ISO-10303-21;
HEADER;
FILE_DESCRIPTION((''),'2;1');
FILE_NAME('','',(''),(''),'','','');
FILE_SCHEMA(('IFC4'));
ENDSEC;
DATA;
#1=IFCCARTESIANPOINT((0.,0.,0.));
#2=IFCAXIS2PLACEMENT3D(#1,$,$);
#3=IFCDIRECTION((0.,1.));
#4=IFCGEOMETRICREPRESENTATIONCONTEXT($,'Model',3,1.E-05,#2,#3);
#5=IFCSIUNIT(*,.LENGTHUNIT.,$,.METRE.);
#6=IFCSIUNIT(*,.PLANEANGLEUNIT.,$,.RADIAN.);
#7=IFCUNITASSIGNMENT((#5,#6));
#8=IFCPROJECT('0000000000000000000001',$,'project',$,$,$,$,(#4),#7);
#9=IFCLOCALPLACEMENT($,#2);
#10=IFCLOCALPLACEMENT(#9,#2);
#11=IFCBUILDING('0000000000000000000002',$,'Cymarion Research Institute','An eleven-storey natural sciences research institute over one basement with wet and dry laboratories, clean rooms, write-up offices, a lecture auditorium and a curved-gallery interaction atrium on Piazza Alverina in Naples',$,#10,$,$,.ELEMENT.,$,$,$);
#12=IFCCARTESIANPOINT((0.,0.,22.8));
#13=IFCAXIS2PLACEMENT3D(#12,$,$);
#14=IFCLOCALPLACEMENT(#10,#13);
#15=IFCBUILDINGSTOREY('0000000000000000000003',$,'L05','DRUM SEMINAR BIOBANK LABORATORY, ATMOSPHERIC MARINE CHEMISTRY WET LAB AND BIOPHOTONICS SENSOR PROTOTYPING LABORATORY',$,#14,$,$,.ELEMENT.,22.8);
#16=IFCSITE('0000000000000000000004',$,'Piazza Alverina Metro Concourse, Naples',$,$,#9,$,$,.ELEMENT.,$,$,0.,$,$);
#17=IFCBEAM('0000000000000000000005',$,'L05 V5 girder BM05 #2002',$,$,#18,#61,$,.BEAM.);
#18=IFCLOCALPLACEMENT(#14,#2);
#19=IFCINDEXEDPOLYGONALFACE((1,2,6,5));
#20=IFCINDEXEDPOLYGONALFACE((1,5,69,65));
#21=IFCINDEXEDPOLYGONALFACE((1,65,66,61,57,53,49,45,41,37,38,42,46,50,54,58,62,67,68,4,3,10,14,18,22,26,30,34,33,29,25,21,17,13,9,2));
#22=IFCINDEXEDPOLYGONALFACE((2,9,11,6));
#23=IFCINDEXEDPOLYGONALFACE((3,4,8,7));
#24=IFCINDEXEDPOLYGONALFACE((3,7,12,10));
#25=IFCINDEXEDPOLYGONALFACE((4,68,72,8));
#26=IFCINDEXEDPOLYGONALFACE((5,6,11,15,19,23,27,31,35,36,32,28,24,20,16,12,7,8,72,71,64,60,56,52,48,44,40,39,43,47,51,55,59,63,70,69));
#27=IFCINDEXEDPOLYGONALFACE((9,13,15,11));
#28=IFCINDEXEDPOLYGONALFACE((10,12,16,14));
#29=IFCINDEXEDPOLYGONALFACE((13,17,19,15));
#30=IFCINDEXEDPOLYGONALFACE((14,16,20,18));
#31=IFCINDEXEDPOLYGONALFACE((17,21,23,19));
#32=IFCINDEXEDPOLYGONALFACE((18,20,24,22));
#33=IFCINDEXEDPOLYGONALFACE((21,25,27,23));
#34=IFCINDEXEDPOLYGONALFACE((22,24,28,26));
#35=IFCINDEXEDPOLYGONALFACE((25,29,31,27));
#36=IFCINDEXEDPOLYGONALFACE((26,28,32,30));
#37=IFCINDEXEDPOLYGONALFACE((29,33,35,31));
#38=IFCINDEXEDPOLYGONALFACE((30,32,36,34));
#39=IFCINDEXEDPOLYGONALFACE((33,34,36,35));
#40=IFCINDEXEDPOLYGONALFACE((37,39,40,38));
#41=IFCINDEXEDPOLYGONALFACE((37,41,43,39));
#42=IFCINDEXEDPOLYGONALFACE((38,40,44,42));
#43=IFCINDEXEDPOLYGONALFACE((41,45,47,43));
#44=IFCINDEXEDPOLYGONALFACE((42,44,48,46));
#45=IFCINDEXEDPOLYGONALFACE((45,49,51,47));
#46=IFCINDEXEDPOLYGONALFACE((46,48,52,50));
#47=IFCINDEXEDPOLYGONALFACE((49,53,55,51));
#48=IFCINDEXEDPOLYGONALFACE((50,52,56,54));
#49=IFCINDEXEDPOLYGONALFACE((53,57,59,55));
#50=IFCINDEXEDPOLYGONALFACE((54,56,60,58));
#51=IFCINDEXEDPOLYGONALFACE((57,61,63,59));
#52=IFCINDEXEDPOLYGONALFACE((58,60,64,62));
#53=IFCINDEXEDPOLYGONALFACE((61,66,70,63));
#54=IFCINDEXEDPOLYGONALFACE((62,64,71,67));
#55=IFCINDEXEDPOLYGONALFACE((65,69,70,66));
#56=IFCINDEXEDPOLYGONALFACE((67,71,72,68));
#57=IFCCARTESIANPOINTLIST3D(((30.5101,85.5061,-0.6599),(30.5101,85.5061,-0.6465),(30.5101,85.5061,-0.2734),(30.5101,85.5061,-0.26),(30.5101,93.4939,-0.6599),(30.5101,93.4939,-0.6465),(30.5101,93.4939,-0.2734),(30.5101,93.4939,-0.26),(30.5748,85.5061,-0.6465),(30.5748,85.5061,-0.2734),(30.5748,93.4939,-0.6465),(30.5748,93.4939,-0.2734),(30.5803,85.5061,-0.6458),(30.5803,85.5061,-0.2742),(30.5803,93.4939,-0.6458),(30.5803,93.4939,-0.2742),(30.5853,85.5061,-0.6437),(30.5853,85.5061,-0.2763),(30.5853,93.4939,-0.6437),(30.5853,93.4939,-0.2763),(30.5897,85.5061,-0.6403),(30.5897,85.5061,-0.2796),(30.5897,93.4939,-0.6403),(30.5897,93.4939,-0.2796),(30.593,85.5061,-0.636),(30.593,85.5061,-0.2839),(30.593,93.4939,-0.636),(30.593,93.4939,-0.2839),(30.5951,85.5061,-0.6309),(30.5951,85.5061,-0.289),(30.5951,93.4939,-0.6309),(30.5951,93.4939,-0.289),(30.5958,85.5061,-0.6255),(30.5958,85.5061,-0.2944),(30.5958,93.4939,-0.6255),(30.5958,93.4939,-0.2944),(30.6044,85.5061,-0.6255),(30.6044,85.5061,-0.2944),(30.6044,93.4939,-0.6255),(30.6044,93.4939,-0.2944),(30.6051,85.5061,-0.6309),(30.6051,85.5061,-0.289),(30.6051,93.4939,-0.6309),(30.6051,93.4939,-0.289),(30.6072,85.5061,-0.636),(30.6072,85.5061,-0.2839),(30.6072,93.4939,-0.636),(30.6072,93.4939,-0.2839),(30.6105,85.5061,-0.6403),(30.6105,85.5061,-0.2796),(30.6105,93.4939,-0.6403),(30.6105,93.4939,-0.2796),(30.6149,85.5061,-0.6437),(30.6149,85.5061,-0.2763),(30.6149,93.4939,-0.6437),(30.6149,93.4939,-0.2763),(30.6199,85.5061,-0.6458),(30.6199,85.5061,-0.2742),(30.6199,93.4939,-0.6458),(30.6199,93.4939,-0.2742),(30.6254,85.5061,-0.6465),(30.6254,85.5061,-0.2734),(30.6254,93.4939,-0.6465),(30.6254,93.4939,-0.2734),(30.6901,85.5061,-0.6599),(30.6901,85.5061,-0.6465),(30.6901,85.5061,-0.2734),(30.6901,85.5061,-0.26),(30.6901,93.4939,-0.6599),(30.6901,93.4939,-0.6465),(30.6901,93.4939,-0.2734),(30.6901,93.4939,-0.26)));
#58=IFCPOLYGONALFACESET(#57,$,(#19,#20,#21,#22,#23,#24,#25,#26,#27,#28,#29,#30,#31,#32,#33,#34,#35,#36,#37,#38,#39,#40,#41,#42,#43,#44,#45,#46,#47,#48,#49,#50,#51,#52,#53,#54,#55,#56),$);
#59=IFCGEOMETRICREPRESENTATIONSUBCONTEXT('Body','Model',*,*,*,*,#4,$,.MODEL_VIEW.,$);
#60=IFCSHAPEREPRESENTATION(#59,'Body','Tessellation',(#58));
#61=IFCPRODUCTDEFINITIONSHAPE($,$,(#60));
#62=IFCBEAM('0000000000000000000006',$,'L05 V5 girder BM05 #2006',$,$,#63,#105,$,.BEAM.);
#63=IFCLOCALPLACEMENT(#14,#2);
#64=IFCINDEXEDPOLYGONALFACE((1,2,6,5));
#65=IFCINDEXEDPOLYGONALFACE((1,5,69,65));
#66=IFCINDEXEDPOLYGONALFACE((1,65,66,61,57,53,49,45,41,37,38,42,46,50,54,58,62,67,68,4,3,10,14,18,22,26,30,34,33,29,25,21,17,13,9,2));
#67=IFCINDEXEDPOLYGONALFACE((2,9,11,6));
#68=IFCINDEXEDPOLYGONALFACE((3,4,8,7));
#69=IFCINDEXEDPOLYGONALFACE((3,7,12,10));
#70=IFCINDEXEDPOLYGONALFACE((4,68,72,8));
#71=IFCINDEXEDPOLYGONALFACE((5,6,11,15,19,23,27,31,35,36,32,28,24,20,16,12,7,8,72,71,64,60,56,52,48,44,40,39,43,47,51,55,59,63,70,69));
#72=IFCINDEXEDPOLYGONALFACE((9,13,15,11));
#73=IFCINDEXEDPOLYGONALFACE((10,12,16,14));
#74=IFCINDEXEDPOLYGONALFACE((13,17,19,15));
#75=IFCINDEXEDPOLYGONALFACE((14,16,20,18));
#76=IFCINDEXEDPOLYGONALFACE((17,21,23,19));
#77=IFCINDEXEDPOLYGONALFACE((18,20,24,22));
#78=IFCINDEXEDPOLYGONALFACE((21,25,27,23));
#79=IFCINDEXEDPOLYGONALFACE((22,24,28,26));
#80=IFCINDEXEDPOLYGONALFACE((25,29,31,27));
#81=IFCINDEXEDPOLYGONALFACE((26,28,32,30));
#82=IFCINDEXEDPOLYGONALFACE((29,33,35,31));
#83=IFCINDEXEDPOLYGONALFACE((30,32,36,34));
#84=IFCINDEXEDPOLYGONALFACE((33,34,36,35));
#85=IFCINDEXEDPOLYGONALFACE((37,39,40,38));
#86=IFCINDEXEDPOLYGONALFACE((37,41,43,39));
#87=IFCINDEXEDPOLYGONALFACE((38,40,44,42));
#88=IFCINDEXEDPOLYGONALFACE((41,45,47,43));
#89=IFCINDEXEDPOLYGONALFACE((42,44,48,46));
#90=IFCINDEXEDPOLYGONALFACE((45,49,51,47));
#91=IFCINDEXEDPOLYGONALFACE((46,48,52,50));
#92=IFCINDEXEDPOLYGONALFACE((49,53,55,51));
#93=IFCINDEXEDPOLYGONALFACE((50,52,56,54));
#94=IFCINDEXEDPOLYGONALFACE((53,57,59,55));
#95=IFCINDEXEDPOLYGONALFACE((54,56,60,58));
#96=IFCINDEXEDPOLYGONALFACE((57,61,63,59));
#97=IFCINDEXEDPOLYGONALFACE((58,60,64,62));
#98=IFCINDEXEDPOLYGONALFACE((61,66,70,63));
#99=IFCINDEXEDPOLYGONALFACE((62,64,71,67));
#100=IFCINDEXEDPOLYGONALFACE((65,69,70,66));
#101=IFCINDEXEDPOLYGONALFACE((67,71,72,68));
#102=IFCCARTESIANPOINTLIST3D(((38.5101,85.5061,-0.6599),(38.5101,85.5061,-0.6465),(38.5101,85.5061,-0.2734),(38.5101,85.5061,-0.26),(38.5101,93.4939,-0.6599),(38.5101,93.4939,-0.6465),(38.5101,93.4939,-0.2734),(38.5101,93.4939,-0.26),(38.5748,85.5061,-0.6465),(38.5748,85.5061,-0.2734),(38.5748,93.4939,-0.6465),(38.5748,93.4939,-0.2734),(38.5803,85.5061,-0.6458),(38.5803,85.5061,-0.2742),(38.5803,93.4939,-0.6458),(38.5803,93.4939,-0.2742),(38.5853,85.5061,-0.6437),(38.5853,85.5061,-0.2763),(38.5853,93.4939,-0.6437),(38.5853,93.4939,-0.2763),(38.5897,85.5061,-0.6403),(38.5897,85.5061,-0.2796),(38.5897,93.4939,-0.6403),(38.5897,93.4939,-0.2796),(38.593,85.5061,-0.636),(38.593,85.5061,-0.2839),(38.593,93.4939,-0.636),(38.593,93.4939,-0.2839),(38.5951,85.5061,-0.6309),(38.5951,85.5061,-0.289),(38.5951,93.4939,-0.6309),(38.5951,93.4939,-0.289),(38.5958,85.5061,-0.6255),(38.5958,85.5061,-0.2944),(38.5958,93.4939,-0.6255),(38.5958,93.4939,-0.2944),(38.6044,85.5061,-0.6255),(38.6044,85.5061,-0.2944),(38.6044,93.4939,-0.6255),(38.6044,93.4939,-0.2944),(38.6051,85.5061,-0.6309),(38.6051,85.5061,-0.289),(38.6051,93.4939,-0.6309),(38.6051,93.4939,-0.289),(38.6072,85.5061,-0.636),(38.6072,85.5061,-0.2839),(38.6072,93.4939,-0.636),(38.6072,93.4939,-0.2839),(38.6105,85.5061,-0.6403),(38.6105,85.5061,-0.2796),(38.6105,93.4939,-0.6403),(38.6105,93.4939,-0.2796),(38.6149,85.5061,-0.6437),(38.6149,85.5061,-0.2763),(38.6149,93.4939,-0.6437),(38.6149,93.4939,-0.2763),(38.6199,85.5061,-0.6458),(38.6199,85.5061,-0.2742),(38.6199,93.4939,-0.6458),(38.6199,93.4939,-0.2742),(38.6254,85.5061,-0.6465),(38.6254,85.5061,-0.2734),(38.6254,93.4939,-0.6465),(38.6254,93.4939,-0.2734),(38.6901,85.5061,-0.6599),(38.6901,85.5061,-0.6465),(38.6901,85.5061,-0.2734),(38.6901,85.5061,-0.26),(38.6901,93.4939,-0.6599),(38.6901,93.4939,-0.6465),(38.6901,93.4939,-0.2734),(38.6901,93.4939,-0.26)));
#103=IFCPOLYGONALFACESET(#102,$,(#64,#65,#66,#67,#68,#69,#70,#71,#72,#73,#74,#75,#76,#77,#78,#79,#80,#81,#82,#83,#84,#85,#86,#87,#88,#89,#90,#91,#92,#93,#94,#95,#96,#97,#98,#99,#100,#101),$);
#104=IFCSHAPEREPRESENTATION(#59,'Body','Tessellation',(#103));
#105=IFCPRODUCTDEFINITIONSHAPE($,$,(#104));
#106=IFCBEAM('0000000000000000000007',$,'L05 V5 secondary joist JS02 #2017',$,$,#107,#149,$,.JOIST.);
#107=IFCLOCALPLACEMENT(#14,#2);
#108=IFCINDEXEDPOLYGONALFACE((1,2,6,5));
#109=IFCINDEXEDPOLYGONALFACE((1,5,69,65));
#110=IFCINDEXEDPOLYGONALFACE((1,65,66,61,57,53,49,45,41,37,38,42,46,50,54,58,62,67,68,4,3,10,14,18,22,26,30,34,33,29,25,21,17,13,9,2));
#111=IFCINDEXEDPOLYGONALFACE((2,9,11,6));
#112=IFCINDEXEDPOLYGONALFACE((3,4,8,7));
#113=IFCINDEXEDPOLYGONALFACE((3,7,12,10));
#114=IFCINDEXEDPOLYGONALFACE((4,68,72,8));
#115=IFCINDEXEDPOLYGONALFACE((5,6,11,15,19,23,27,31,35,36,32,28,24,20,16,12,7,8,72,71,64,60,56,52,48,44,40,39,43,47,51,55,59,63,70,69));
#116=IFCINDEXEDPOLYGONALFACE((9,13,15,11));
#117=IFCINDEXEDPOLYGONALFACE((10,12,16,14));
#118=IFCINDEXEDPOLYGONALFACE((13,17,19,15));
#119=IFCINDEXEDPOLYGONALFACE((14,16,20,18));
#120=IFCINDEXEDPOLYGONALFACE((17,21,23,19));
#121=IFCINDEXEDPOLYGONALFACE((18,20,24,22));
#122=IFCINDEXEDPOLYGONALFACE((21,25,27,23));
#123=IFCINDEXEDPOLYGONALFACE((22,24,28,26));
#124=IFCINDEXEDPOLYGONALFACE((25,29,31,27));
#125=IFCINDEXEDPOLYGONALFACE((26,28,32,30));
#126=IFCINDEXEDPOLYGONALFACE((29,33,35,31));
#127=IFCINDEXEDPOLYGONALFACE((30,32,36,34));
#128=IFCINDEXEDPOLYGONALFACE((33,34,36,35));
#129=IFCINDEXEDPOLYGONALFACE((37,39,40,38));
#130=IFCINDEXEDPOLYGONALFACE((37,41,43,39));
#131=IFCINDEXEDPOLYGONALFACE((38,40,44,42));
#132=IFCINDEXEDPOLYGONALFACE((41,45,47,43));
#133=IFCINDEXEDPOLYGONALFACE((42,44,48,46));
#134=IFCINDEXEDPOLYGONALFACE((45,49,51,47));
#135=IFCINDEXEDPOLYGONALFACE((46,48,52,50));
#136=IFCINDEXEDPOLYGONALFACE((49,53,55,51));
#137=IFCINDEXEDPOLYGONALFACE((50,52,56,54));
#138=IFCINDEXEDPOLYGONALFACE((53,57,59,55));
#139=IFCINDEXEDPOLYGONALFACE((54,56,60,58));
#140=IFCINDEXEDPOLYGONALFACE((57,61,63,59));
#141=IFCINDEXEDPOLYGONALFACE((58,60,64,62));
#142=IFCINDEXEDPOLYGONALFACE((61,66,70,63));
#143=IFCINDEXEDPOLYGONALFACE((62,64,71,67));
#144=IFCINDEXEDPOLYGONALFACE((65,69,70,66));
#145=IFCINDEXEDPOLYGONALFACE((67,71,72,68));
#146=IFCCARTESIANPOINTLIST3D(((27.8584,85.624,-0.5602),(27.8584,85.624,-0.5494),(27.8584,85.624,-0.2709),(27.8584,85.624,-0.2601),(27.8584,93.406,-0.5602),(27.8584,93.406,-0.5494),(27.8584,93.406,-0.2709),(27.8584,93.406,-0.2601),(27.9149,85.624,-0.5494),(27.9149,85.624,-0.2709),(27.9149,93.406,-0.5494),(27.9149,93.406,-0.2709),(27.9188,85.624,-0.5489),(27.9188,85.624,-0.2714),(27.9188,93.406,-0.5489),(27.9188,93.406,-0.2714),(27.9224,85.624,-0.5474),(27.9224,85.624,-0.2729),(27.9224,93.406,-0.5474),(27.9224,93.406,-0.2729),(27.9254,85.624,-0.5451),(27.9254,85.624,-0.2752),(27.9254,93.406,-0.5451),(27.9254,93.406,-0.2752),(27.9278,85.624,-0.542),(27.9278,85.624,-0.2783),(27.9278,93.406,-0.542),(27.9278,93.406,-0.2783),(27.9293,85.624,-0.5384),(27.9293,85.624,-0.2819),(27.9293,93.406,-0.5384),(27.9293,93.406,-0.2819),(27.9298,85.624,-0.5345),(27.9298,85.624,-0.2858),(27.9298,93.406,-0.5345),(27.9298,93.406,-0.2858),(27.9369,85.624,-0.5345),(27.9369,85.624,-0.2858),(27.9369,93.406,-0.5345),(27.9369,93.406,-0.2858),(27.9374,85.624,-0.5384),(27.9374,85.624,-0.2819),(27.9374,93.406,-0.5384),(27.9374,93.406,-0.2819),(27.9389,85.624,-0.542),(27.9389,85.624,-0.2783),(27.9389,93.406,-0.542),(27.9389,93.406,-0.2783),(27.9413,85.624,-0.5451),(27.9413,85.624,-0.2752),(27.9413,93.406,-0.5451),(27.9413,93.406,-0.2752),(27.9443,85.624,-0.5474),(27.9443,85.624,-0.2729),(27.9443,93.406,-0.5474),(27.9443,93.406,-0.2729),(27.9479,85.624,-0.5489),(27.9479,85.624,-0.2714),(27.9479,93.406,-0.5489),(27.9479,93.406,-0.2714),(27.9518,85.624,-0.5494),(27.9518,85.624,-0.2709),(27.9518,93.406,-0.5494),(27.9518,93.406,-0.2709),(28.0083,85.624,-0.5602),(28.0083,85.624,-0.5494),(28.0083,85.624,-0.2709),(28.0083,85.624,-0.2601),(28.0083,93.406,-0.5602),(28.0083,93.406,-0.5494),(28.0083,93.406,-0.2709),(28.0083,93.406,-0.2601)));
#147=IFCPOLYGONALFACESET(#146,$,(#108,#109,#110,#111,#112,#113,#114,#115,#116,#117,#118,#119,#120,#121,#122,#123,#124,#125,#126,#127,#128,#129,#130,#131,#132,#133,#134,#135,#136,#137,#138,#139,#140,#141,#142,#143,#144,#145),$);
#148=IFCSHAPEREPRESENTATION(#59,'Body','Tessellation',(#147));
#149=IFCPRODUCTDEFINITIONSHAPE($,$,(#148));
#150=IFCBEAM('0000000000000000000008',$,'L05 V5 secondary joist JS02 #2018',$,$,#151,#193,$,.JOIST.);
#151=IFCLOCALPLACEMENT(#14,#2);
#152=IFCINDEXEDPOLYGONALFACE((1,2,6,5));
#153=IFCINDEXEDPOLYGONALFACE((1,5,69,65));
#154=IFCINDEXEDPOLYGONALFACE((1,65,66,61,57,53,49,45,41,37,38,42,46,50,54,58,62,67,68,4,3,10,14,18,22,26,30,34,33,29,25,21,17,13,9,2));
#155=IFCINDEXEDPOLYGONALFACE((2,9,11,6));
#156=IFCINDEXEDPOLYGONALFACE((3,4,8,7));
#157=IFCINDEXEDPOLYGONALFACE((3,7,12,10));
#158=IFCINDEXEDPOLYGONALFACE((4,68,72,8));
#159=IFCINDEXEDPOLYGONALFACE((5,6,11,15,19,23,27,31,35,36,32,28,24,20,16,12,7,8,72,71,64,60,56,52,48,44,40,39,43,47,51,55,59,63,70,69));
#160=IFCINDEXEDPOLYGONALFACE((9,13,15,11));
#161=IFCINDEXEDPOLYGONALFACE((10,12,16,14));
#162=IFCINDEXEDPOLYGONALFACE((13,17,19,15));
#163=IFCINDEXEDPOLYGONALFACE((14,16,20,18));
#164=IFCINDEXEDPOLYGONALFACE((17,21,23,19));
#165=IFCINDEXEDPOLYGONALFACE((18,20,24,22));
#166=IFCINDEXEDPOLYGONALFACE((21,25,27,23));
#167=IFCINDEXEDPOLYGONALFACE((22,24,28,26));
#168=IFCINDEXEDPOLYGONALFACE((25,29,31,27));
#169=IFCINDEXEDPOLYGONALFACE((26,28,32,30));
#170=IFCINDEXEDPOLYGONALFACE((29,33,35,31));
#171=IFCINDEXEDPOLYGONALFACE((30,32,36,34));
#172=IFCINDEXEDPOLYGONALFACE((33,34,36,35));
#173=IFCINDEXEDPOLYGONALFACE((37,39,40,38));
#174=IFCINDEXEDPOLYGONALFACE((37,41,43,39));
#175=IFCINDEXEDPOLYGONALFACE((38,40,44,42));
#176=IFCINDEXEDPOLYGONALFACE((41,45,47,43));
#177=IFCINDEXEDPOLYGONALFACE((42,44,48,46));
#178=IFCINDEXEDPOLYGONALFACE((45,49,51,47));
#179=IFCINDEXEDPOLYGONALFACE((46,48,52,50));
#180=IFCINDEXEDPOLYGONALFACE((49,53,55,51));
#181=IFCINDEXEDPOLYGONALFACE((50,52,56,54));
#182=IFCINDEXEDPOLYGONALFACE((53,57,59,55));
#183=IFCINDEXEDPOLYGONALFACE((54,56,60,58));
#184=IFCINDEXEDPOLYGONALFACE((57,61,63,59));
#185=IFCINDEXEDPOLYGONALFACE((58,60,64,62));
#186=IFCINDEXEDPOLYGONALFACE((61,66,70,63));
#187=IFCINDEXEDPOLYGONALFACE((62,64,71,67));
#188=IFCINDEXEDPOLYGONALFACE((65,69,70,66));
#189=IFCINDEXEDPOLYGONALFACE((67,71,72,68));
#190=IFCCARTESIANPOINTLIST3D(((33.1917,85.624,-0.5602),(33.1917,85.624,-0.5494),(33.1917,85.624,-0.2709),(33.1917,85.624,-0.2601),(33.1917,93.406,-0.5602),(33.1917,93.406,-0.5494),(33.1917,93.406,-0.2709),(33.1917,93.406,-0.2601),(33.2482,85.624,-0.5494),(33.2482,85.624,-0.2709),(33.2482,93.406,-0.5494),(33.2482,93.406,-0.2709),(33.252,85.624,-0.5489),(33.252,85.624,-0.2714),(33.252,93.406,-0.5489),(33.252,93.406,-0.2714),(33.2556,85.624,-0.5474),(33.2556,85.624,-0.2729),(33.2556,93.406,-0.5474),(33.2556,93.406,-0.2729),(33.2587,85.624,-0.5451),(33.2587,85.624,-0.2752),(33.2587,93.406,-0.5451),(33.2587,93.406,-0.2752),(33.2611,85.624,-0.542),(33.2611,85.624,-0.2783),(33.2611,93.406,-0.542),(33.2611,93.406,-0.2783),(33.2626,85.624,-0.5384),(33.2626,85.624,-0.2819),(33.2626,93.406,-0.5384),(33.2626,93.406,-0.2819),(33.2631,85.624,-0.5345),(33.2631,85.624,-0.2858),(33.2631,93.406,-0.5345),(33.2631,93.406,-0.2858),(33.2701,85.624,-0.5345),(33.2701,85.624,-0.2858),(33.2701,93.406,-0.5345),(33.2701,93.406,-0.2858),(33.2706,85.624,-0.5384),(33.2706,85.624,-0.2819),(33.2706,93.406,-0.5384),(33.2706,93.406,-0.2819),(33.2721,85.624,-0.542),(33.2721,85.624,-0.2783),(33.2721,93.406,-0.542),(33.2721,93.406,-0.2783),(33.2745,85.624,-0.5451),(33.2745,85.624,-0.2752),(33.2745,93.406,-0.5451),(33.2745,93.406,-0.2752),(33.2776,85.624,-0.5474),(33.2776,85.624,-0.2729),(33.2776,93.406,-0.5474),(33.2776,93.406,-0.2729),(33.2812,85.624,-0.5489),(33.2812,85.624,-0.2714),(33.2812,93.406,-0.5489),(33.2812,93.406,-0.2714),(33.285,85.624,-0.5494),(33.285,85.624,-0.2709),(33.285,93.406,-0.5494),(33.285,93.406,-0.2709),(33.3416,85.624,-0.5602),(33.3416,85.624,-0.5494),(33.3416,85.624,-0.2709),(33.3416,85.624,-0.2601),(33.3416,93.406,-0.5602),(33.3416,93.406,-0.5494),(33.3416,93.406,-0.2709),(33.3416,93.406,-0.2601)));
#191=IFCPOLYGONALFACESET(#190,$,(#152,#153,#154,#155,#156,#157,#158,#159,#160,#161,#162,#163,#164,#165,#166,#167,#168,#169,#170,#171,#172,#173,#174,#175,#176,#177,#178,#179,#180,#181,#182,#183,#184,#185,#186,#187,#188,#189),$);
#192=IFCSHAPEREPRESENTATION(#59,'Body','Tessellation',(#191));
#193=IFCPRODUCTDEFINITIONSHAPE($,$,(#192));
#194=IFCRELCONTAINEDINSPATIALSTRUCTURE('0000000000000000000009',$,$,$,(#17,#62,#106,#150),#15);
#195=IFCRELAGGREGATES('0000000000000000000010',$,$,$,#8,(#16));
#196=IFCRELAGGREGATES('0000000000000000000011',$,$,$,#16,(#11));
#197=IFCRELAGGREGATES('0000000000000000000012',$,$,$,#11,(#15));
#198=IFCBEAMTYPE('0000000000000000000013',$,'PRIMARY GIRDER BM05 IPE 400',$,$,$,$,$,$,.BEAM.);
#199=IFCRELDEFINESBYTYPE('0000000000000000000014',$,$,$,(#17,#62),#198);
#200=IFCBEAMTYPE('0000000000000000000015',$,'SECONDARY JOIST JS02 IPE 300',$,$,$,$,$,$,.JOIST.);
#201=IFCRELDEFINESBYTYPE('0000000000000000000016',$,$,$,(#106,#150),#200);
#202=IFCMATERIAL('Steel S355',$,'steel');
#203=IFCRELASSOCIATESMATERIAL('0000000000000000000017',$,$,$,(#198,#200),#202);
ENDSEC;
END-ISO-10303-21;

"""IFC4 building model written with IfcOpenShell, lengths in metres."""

from ifc_helpers import new_model, si_unit, direction, frame, origin, origin_2d, place, context, subcontext, project, spatial, i_section, extrude, material, material_profile, profile_set, type_object, element, save


model = new_model("IFC4")

# Units and contexts
model_context = context("Model", 3, precision=1e-05, world=origin(), true_north=direction((0.0, 1.0)))
body_context = subcontext(model_context, "Body", "Model", "MODEL_VIEW")
ifc_project = project(units=[si_unit("LENGTHUNIT", "METRE"), si_unit("PLANEANGLEUNIT", "RADIAN")], contexts=[model_context])

# Site, building, storey
site_placement = place(None, origin())
site = spatial("IfcSite", under=ifc_project, at=site_placement, Name="Piazza Alverina Metro Concourse, Naples", CompositionType="ELEMENT", RefElevation=0.0)
building_placement = place(site_placement, origin())
building = spatial("IfcBuilding", under=site, at=building_placement, Name="Cymarion Research Institute", Description="An eleven-storey natural sciences research institute over one basement with wet and dry laboratories, clean rooms, write-up offices, a lecture auditorium and a curved-gallery interaction atrium on Piazza Alverina in Naples", CompositionType="ELEMENT")
storey_placement = place(building_placement, frame((0.0, 0.0, 22.8)))
storey = spatial("IfcBuildingStorey", under=building, at=storey_placement, Name="L05", Description="DRUM SEMINAR BIOBANK LABORATORY, ATMOSPHERIC MARINE CHEMISTRY WET LAB AND BIOPHOTONICS SENSOR PROTOTYPING LABORATORY", CompositionType="ELEMENT", Elevation=22.8)

# Beams
ifc_material_1 = material(Name="Steel S355", Category="steel")
ifc_material_profile_1 = material_profile(ifc_material_1, i_section(OverallWidth=0.1799, OverallDepth=0.3999, WebThickness=0.0085, FlangeThickness=0.0134, FilletRadius=0.021, at=origin_2d()), Name="IPE 400")
ifc_profile_set_1 = profile_set([ifc_material_profile_1], Name="Steel S355")
beam_type_1 = type_object("IfcBeamType", Name="PRIMARY GIRDER BM05 IPE 400", PredefinedType="BEAM", material=ifc_profile_set_1)
for number, where, z_axis, x_axis, name in (
    (1, (30.6001, 85.5061, -0.46), (0.0, 1.0, 0.0), (-1.0, 0.0, 0.0), "L05 V5 girder BM05 #2002"),
    (2, (38.6001, 85.5061, -0.46), (0.0, 1.0, 0.0), (-1.0, 0.0, 0.0), "L05 V5 girder BM05 #2006"),
):
    element("IfcBeam", number, at=place(storey_placement, frame(where, z_axis=z_axis, x_axis=x_axis)), inside=storey, type_object=beam_type_1, Name=name, PredefinedType="BEAM", context=body_context, shape_type="SweptSolid", body=[
        extrude(i_section(OverallWidth=0.1799, OverallDepth=0.3999, WebThickness=0.0085, FlangeThickness=0.0134, FilletRadius=0.021, at=origin_2d()), origin(), (0.0, 0.0, 1.0), 7.9878),
    ])
ifc_material_profile_2 = material_profile(ifc_material_1, i_section(OverallWidth=0.1499, OverallDepth=0.3, WebThickness=0.0071, FlangeThickness=0.0107, FilletRadius=0.0149, at=origin_2d()), Name="IPE 300")
ifc_profile_set_2 = profile_set([ifc_material_profile_2], Name="Steel S355")
beam_type_2 = type_object("IfcBeamType", Name="SECONDARY JOIST JS02 IPE 300", PredefinedType="JOIST", material=ifc_profile_set_2)
for number, where, z_axis, x_axis, name in (
    (3, (27.9333, 85.624, -0.4102), (0.0, 1.0, 0.0), (-1.0, 0.0, 0.0), "L05 V5 secondary joist JS02 #2017"),
    (4, (33.2666, 85.624, -0.4102), (0.0, 1.0, 0.0), (-1.0, 0.0, 0.0), "L05 V5 secondary joist JS02 #2018"),
):
    element("IfcBeam", number, at=place(storey_placement, frame(where, z_axis=z_axis, x_axis=x_axis)), inside=storey, type_object=beam_type_2, Name=name, PredefinedType="JOIST", context=body_context, shape_type="SweptSolid", body=[
        extrude(i_section(OverallWidth=0.1499, OverallDepth=0.3, WebThickness=0.0071, FlangeThickness=0.0107, FilletRadius=0.0149, at=origin_2d()), origin(), (0.0, 0.0, 1.0), 7.782),
    ])

save(model, "model.ifc")
